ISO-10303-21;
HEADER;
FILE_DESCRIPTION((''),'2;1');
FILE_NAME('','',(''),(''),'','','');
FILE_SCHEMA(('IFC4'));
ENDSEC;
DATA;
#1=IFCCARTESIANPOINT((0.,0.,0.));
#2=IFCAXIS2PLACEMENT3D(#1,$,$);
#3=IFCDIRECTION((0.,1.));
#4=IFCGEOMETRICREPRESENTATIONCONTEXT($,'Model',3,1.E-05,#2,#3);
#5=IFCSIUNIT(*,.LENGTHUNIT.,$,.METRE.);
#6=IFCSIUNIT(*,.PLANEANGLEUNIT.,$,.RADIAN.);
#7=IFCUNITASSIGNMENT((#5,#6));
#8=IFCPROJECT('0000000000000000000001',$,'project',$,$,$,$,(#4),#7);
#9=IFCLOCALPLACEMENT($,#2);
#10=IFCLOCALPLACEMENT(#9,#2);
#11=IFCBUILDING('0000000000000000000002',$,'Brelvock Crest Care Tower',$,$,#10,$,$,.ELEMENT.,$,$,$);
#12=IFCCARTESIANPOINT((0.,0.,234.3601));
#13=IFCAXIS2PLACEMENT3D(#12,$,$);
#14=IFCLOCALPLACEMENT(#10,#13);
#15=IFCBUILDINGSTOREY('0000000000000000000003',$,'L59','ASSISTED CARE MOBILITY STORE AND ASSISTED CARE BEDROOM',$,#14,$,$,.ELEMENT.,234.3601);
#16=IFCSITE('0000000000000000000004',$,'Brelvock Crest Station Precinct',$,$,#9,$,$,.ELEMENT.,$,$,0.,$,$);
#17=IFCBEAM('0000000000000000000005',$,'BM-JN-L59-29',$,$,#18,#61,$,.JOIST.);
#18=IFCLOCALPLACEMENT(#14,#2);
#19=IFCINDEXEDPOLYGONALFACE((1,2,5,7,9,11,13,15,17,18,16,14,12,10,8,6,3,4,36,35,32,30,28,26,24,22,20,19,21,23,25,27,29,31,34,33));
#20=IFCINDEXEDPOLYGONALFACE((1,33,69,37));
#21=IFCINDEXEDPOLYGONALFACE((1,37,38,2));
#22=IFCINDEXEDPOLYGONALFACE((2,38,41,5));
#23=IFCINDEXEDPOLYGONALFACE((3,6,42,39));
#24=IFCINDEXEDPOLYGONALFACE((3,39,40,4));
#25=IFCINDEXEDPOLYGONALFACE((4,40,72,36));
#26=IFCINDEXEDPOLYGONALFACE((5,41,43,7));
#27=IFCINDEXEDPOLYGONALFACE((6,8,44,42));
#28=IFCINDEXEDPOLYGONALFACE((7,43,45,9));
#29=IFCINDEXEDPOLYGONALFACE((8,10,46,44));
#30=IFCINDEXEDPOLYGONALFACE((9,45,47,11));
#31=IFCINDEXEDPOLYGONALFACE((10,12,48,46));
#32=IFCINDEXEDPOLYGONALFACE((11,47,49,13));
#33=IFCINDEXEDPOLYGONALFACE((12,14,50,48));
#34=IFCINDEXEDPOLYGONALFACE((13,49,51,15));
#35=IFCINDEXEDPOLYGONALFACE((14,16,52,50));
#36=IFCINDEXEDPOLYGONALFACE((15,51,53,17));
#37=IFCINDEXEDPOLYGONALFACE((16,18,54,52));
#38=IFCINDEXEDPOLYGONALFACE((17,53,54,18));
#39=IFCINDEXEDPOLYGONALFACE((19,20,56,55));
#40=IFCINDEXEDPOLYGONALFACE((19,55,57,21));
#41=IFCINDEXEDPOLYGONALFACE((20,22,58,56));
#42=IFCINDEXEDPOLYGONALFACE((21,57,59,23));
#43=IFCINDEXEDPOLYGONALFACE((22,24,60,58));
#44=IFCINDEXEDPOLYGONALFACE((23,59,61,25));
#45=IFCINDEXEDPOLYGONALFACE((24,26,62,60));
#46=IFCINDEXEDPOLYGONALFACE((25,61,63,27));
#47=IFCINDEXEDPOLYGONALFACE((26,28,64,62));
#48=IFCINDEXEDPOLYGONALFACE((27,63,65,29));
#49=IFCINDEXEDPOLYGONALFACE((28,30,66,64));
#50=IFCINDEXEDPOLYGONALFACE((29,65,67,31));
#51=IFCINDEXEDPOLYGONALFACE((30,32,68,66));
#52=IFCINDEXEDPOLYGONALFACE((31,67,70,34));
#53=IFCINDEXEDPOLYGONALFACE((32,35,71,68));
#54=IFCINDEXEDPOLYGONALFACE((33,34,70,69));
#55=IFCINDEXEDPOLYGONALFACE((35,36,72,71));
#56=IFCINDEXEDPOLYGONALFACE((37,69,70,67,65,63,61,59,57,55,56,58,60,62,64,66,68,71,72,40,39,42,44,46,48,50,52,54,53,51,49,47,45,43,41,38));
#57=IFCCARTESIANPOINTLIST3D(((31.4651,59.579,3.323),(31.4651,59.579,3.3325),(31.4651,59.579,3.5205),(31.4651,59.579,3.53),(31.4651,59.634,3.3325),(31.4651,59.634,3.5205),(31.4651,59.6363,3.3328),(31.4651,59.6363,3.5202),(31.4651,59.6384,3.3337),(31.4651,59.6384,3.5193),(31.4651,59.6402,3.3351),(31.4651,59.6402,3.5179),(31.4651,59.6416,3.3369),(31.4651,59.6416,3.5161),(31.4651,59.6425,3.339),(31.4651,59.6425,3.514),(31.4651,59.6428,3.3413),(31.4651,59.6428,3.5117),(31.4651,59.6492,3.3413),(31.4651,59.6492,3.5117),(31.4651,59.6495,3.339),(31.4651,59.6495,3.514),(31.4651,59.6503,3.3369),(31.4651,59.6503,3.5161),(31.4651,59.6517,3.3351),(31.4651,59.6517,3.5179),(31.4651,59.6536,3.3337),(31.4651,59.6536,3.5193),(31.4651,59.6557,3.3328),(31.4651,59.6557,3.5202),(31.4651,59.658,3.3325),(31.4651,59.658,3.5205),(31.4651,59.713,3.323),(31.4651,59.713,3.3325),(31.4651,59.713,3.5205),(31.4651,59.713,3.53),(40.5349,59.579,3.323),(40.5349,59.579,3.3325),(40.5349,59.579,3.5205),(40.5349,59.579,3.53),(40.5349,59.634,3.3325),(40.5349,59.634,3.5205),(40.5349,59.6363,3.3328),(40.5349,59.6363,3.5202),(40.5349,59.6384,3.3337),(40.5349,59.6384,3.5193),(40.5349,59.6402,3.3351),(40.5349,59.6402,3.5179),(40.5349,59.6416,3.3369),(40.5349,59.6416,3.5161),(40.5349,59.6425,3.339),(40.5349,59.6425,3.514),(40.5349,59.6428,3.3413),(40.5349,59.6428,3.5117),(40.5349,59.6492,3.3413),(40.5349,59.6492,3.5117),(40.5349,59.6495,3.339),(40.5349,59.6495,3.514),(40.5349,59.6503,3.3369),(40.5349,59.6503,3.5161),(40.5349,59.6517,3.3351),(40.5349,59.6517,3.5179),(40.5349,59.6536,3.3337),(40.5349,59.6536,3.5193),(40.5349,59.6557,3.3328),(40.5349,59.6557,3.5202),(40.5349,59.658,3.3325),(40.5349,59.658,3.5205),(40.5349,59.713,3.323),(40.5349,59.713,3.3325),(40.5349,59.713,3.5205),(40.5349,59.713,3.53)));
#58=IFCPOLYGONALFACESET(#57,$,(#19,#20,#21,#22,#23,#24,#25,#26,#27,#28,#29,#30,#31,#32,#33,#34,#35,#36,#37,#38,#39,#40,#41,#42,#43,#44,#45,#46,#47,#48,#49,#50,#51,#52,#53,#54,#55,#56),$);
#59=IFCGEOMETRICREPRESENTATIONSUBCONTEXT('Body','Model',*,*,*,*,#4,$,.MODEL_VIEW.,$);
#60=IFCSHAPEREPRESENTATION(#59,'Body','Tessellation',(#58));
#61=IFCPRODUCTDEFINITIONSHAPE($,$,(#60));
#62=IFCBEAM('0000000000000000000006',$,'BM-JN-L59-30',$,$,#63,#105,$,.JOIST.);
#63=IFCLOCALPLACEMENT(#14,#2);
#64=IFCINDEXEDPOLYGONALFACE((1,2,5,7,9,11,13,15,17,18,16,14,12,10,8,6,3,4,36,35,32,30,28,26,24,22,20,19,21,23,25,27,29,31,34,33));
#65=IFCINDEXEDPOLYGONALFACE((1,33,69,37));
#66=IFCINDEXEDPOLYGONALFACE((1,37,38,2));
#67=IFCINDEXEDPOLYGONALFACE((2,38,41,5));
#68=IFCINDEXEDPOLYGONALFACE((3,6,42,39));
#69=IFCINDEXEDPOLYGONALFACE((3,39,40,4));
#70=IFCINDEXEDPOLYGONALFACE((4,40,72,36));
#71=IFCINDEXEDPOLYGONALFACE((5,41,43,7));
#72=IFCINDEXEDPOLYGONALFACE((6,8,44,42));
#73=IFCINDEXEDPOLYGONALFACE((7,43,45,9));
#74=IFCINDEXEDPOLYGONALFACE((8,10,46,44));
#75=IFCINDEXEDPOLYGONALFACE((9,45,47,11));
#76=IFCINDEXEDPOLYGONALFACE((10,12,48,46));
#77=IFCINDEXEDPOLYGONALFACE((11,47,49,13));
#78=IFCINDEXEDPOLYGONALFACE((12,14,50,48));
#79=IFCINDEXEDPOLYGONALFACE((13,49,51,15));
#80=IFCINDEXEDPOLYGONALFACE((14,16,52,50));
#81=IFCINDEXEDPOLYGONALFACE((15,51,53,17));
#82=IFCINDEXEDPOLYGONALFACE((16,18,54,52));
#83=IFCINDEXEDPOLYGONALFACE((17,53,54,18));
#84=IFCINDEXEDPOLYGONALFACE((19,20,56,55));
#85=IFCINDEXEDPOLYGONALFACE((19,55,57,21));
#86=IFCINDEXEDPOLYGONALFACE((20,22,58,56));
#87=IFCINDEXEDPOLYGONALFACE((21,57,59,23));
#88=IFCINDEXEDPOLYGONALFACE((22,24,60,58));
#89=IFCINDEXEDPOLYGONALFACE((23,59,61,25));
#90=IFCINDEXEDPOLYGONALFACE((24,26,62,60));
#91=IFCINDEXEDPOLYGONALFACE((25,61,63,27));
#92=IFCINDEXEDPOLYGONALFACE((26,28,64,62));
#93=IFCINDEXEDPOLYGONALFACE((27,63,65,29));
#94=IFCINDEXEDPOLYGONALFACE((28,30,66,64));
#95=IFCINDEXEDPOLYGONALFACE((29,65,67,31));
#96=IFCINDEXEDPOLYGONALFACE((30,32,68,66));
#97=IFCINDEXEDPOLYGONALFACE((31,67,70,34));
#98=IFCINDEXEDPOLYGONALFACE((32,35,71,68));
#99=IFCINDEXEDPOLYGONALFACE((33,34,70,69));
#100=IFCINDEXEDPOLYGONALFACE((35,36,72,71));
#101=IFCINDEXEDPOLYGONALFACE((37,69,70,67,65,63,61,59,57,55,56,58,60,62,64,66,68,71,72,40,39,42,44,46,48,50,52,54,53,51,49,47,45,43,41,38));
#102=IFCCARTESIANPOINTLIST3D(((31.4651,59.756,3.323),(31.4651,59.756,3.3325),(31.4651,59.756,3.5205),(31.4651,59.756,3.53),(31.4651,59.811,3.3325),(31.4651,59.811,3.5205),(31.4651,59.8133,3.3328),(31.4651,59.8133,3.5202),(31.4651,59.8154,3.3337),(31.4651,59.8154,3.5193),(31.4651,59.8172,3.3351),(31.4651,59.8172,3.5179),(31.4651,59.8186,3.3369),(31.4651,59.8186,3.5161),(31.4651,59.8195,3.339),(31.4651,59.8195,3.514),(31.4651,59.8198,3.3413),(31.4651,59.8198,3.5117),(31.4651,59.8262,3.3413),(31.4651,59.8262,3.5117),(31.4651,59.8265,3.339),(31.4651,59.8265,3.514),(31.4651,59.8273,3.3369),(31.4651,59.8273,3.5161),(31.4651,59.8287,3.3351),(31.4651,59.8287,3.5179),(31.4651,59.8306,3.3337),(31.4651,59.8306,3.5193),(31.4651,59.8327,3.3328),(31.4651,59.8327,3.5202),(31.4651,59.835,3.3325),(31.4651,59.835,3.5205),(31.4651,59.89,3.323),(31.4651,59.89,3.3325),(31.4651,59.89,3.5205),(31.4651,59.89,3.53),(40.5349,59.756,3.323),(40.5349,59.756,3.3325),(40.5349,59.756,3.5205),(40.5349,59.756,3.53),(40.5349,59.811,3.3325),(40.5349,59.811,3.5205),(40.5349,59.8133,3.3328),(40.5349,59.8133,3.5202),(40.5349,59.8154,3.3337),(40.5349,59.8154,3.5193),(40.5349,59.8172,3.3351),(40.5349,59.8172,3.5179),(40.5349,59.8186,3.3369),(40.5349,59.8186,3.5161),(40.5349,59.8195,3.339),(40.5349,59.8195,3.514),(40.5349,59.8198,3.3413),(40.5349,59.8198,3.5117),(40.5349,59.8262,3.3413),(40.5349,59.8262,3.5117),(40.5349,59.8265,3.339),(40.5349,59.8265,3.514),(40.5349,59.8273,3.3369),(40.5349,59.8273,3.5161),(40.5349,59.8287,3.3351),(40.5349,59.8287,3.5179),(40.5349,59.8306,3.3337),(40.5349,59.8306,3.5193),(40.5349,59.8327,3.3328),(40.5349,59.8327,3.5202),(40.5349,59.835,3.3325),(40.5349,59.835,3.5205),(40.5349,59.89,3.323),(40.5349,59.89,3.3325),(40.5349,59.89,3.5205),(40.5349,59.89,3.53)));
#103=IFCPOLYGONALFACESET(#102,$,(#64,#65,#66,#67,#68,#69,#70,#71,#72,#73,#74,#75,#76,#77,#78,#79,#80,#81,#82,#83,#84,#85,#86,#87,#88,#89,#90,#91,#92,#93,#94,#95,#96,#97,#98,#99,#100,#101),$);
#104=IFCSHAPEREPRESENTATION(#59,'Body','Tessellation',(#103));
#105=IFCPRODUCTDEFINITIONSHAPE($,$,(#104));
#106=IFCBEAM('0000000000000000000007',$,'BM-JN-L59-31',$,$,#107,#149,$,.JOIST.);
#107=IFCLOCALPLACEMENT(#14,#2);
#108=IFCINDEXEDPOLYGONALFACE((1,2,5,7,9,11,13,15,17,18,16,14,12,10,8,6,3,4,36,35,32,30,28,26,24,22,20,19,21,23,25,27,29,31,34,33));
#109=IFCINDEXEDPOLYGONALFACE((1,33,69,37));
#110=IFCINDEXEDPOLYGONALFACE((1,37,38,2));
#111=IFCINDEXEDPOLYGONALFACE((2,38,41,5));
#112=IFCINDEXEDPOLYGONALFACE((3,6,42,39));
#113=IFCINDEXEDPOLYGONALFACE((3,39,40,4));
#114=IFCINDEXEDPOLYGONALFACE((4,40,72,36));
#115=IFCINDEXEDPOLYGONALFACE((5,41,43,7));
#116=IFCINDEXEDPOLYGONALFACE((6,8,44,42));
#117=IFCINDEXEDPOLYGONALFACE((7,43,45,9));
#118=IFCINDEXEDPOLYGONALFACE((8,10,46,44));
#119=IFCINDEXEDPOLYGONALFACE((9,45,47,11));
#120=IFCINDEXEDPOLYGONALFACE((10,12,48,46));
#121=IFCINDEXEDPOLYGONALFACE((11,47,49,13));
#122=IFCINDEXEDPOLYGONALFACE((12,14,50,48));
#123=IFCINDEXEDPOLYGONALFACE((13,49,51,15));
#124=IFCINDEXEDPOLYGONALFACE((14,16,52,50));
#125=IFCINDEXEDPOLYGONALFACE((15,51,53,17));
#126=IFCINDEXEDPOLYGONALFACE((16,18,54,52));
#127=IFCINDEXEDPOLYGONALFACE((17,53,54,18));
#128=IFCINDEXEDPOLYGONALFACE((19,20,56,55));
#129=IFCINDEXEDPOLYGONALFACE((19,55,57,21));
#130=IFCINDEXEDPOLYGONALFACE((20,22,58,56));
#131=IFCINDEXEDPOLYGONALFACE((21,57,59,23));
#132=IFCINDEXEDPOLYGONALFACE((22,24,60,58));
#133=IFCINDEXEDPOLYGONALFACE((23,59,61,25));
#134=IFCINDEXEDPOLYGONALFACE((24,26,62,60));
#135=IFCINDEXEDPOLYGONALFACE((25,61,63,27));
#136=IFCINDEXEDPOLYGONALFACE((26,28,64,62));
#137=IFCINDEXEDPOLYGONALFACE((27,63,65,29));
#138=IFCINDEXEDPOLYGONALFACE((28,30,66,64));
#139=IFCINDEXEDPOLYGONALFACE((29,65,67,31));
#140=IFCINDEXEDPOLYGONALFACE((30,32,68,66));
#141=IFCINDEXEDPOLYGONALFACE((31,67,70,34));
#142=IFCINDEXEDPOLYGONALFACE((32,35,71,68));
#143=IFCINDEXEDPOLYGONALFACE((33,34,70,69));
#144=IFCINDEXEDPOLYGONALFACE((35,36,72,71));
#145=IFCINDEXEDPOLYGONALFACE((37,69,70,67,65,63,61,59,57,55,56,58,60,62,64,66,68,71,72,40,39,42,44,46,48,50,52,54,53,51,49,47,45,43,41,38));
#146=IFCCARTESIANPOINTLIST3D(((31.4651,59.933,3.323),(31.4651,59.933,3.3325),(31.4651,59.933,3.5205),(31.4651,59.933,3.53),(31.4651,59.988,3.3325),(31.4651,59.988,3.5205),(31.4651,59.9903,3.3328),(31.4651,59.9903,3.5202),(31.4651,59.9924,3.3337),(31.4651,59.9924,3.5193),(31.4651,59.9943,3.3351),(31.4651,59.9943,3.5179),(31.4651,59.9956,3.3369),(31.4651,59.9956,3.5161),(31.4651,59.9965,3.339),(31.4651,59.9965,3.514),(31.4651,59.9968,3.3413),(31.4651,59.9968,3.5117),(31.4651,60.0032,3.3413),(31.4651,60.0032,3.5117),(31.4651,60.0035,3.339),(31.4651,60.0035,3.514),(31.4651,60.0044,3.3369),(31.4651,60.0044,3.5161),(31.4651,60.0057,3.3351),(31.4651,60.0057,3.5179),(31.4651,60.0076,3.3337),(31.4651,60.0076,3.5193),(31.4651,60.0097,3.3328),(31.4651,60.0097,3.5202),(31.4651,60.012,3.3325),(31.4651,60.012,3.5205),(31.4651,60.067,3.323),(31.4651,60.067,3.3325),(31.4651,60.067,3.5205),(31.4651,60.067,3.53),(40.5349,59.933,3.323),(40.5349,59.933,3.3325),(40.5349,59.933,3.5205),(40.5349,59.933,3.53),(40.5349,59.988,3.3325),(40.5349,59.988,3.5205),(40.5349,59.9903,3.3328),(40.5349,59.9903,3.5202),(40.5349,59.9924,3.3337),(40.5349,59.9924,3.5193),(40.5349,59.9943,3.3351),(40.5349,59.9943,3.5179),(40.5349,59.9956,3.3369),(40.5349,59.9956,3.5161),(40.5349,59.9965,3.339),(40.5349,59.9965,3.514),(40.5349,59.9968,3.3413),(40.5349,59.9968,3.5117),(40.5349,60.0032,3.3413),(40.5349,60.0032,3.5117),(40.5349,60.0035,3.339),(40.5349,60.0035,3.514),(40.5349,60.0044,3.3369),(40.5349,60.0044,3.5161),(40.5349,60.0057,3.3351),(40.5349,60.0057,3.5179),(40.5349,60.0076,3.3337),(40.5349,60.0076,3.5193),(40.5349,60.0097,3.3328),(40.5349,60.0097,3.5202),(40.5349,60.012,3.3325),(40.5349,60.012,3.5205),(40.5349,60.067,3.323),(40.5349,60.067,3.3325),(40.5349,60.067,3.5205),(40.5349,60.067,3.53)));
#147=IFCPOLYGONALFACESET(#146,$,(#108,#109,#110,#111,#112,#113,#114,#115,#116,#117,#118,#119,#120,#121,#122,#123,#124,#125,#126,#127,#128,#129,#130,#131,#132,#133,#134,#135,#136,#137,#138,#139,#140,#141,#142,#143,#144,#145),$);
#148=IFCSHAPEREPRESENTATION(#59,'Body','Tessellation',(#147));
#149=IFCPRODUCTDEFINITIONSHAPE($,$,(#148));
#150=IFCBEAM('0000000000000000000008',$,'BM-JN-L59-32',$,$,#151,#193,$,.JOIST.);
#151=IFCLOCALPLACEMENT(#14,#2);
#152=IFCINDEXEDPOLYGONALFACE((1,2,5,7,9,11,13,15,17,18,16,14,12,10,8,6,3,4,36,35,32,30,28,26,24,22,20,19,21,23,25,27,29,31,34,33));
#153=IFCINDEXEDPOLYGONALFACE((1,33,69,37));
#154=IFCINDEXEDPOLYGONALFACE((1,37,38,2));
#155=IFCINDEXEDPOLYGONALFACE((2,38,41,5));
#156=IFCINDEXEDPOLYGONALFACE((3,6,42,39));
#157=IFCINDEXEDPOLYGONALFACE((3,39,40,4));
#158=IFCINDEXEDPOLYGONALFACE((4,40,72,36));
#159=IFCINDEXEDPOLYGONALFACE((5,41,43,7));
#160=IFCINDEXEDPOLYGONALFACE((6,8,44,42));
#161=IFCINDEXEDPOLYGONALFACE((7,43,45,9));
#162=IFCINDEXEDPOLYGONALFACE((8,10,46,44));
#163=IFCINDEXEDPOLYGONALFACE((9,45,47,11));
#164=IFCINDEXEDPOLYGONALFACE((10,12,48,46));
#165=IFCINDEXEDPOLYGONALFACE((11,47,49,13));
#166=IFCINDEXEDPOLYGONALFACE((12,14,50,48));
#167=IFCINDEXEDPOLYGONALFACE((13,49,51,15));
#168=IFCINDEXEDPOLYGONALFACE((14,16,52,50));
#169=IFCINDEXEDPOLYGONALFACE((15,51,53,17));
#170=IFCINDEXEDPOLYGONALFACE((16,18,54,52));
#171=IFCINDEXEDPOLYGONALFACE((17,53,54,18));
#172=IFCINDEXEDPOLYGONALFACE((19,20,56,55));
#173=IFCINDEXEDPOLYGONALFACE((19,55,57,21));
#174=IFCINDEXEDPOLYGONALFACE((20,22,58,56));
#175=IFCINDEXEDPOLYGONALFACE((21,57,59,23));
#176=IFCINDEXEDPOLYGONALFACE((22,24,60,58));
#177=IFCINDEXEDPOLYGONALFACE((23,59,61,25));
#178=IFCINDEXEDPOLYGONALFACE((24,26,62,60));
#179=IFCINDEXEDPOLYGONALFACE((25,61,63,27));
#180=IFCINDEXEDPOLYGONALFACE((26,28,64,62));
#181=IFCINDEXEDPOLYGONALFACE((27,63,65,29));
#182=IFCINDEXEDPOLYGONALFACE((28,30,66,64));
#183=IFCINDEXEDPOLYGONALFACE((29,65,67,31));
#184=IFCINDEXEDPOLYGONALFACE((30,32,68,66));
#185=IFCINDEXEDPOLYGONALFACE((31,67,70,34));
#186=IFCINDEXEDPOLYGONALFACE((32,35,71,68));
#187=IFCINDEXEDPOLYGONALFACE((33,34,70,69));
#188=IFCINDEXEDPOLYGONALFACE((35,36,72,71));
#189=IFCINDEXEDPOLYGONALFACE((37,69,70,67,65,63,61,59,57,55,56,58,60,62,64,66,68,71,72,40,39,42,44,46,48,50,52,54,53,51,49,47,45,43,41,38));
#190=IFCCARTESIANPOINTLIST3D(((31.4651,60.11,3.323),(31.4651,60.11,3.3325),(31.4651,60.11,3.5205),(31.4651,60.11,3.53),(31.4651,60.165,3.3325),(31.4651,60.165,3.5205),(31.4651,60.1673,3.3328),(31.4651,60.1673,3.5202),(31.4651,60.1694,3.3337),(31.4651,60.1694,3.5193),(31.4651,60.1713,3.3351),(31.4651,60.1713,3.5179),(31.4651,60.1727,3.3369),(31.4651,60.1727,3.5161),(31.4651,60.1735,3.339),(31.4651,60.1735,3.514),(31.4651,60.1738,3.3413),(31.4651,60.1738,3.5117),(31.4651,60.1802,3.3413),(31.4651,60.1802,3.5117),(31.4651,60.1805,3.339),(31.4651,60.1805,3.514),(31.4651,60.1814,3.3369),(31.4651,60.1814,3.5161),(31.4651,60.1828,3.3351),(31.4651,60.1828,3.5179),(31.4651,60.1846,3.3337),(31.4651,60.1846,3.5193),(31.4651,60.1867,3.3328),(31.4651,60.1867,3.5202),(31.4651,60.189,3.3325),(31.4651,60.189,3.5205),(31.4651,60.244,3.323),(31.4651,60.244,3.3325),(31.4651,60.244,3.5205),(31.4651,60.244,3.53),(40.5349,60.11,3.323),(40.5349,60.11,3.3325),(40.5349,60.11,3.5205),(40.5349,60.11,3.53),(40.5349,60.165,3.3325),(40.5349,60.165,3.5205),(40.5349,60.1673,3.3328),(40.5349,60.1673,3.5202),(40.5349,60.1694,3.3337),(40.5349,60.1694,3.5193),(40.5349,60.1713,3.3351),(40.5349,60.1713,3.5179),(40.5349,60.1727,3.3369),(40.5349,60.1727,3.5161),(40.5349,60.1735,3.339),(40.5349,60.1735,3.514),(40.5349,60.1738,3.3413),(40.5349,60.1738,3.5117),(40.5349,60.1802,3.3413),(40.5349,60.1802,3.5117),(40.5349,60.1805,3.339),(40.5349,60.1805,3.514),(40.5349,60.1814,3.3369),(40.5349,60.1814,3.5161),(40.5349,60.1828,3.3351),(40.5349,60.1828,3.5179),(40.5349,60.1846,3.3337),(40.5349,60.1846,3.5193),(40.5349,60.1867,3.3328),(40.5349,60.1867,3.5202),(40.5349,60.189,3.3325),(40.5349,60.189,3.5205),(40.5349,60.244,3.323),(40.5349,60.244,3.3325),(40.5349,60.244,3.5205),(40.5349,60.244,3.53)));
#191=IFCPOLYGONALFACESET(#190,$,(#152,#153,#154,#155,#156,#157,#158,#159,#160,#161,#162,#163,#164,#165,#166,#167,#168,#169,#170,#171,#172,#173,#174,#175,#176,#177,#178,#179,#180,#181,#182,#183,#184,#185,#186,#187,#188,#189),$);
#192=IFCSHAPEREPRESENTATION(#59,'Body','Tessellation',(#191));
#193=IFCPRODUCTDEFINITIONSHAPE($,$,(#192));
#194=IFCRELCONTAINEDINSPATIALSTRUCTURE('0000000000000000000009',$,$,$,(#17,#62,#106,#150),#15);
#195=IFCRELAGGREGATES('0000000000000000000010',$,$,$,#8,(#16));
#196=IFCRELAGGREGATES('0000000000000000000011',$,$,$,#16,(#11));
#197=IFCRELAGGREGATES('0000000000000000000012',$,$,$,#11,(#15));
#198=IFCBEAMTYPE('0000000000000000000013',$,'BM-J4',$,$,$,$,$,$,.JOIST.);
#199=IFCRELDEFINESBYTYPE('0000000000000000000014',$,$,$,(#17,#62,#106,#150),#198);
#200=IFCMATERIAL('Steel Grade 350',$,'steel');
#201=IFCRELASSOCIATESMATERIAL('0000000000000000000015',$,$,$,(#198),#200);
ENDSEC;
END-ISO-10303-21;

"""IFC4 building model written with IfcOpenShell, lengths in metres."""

from ifc_helpers import new_model, si_unit, direction, frame, origin, origin_2d, place, context, subcontext, project, spatial, i_section, extrude, source, transform, mapped, material, material_profile, profile_set, type_object, element, save


model = new_model("IFC4")

# Units and contexts
model_context = context("Model", 3, precision=1e-05, world=origin(), true_north=direction((0.0, 1.0)))
body_context = subcontext(model_context, "Body", "Model", "MODEL_VIEW")
ifc_project = project(units=[si_unit("LENGTHUNIT", "METRE"), si_unit("PLANEANGLEUNIT", "RADIAN")], contexts=[model_context])

# Site, building, storey
site_placement = place(None, origin())
site = spatial("IfcSite", under=ifc_project, at=site_placement, Name="Brelvock Crest Station Precinct", CompositionType="ELEMENT", RefElevation=0.0)
building_placement = place(site_placement, origin())
building = spatial("IfcBuilding", under=site, at=building_placement, Name="Brelvock Crest Care Tower", CompositionType="ELEMENT")
storey_placement = place(building_placement, frame((0.0, 0.0, 234.3601)))
storey = spatial("IfcBuildingStorey", under=building, at=storey_placement, Name="L59", Description="ASSISTED CARE MOBILITY STORE AND ASSISTED CARE BEDROOM", CompositionType="ELEMENT", Elevation=234.3601)

# Shared definitions
ifc_material_1 = material(Name="Steel Grade 350", Category="steel")

# Beams
ifc_material_profile_1 = material_profile(ifc_material_1, i_section(OverallWidth=0.134, OverallDepth=0.207, WebThickness=0.0063, FlangeThickness=0.0095, FilletRadius=0.0088, at=origin_2d()), Name="200UB29.8")
ifc_profile_set_1 = profile_set([ifc_material_profile_1], Name="Steel Grade 350")
beam_type_1 = type_object("IfcBeamType", Name="BM-J4", PredefinedType="JOIST", material=ifc_profile_set_1)
shared_shape_1 = source(origin(), body_context, "Body", "SweptSolid", [
    extrude(i_section(OverallWidth=0.134, OverallDepth=0.207, WebThickness=0.0063, FlangeThickness=0.0095, FilletRadius=0.0088, at=origin_2d()), origin(), (0.0, 0.0, 1.0), 9.0698),
])
for number, where, z_axis, x_axis, name in (
    (1, (31.4651, 59.646, 3.4265), (1.0, 0.0, 0.0), (0.0, 1.0, 0.0), "BM-JN-L59-29"),
    (2, (31.4651, 59.823, 3.4265), (1.0, 0.0, 0.0), (0.0, 1.0, 0.0), "BM-JN-L59-30"),
    (3, (31.4651, 60.0, 3.4265), (1.0, 0.0, 0.0), (0.0, 1.0, 0.0), "BM-JN-L59-31"),
    (4, (31.4651, 60.177, 3.4265), (1.0, 0.0, 0.0), (0.0, 1.0, 0.0), "BM-JN-L59-32"),
):
    element("IfcBeam", number, at=place(storey_placement, frame(where, z_axis=z_axis, x_axis=x_axis)), inside=storey, type_object=beam_type_1, Name=name, PredefinedType="JOIST", context=body_context, shape_type="MappedRepresentation", body=[
        mapped(shared_shape_1, transform((0.0, 0.0, 0.0), x_axis=(1.0, 0.0, 0.0), y_axis=(0.0, 1.0, 0.0), z_axis=(0.0, 0.0, 1.0), scale=1.0)),
    ])

save(model, "model.ifc")
